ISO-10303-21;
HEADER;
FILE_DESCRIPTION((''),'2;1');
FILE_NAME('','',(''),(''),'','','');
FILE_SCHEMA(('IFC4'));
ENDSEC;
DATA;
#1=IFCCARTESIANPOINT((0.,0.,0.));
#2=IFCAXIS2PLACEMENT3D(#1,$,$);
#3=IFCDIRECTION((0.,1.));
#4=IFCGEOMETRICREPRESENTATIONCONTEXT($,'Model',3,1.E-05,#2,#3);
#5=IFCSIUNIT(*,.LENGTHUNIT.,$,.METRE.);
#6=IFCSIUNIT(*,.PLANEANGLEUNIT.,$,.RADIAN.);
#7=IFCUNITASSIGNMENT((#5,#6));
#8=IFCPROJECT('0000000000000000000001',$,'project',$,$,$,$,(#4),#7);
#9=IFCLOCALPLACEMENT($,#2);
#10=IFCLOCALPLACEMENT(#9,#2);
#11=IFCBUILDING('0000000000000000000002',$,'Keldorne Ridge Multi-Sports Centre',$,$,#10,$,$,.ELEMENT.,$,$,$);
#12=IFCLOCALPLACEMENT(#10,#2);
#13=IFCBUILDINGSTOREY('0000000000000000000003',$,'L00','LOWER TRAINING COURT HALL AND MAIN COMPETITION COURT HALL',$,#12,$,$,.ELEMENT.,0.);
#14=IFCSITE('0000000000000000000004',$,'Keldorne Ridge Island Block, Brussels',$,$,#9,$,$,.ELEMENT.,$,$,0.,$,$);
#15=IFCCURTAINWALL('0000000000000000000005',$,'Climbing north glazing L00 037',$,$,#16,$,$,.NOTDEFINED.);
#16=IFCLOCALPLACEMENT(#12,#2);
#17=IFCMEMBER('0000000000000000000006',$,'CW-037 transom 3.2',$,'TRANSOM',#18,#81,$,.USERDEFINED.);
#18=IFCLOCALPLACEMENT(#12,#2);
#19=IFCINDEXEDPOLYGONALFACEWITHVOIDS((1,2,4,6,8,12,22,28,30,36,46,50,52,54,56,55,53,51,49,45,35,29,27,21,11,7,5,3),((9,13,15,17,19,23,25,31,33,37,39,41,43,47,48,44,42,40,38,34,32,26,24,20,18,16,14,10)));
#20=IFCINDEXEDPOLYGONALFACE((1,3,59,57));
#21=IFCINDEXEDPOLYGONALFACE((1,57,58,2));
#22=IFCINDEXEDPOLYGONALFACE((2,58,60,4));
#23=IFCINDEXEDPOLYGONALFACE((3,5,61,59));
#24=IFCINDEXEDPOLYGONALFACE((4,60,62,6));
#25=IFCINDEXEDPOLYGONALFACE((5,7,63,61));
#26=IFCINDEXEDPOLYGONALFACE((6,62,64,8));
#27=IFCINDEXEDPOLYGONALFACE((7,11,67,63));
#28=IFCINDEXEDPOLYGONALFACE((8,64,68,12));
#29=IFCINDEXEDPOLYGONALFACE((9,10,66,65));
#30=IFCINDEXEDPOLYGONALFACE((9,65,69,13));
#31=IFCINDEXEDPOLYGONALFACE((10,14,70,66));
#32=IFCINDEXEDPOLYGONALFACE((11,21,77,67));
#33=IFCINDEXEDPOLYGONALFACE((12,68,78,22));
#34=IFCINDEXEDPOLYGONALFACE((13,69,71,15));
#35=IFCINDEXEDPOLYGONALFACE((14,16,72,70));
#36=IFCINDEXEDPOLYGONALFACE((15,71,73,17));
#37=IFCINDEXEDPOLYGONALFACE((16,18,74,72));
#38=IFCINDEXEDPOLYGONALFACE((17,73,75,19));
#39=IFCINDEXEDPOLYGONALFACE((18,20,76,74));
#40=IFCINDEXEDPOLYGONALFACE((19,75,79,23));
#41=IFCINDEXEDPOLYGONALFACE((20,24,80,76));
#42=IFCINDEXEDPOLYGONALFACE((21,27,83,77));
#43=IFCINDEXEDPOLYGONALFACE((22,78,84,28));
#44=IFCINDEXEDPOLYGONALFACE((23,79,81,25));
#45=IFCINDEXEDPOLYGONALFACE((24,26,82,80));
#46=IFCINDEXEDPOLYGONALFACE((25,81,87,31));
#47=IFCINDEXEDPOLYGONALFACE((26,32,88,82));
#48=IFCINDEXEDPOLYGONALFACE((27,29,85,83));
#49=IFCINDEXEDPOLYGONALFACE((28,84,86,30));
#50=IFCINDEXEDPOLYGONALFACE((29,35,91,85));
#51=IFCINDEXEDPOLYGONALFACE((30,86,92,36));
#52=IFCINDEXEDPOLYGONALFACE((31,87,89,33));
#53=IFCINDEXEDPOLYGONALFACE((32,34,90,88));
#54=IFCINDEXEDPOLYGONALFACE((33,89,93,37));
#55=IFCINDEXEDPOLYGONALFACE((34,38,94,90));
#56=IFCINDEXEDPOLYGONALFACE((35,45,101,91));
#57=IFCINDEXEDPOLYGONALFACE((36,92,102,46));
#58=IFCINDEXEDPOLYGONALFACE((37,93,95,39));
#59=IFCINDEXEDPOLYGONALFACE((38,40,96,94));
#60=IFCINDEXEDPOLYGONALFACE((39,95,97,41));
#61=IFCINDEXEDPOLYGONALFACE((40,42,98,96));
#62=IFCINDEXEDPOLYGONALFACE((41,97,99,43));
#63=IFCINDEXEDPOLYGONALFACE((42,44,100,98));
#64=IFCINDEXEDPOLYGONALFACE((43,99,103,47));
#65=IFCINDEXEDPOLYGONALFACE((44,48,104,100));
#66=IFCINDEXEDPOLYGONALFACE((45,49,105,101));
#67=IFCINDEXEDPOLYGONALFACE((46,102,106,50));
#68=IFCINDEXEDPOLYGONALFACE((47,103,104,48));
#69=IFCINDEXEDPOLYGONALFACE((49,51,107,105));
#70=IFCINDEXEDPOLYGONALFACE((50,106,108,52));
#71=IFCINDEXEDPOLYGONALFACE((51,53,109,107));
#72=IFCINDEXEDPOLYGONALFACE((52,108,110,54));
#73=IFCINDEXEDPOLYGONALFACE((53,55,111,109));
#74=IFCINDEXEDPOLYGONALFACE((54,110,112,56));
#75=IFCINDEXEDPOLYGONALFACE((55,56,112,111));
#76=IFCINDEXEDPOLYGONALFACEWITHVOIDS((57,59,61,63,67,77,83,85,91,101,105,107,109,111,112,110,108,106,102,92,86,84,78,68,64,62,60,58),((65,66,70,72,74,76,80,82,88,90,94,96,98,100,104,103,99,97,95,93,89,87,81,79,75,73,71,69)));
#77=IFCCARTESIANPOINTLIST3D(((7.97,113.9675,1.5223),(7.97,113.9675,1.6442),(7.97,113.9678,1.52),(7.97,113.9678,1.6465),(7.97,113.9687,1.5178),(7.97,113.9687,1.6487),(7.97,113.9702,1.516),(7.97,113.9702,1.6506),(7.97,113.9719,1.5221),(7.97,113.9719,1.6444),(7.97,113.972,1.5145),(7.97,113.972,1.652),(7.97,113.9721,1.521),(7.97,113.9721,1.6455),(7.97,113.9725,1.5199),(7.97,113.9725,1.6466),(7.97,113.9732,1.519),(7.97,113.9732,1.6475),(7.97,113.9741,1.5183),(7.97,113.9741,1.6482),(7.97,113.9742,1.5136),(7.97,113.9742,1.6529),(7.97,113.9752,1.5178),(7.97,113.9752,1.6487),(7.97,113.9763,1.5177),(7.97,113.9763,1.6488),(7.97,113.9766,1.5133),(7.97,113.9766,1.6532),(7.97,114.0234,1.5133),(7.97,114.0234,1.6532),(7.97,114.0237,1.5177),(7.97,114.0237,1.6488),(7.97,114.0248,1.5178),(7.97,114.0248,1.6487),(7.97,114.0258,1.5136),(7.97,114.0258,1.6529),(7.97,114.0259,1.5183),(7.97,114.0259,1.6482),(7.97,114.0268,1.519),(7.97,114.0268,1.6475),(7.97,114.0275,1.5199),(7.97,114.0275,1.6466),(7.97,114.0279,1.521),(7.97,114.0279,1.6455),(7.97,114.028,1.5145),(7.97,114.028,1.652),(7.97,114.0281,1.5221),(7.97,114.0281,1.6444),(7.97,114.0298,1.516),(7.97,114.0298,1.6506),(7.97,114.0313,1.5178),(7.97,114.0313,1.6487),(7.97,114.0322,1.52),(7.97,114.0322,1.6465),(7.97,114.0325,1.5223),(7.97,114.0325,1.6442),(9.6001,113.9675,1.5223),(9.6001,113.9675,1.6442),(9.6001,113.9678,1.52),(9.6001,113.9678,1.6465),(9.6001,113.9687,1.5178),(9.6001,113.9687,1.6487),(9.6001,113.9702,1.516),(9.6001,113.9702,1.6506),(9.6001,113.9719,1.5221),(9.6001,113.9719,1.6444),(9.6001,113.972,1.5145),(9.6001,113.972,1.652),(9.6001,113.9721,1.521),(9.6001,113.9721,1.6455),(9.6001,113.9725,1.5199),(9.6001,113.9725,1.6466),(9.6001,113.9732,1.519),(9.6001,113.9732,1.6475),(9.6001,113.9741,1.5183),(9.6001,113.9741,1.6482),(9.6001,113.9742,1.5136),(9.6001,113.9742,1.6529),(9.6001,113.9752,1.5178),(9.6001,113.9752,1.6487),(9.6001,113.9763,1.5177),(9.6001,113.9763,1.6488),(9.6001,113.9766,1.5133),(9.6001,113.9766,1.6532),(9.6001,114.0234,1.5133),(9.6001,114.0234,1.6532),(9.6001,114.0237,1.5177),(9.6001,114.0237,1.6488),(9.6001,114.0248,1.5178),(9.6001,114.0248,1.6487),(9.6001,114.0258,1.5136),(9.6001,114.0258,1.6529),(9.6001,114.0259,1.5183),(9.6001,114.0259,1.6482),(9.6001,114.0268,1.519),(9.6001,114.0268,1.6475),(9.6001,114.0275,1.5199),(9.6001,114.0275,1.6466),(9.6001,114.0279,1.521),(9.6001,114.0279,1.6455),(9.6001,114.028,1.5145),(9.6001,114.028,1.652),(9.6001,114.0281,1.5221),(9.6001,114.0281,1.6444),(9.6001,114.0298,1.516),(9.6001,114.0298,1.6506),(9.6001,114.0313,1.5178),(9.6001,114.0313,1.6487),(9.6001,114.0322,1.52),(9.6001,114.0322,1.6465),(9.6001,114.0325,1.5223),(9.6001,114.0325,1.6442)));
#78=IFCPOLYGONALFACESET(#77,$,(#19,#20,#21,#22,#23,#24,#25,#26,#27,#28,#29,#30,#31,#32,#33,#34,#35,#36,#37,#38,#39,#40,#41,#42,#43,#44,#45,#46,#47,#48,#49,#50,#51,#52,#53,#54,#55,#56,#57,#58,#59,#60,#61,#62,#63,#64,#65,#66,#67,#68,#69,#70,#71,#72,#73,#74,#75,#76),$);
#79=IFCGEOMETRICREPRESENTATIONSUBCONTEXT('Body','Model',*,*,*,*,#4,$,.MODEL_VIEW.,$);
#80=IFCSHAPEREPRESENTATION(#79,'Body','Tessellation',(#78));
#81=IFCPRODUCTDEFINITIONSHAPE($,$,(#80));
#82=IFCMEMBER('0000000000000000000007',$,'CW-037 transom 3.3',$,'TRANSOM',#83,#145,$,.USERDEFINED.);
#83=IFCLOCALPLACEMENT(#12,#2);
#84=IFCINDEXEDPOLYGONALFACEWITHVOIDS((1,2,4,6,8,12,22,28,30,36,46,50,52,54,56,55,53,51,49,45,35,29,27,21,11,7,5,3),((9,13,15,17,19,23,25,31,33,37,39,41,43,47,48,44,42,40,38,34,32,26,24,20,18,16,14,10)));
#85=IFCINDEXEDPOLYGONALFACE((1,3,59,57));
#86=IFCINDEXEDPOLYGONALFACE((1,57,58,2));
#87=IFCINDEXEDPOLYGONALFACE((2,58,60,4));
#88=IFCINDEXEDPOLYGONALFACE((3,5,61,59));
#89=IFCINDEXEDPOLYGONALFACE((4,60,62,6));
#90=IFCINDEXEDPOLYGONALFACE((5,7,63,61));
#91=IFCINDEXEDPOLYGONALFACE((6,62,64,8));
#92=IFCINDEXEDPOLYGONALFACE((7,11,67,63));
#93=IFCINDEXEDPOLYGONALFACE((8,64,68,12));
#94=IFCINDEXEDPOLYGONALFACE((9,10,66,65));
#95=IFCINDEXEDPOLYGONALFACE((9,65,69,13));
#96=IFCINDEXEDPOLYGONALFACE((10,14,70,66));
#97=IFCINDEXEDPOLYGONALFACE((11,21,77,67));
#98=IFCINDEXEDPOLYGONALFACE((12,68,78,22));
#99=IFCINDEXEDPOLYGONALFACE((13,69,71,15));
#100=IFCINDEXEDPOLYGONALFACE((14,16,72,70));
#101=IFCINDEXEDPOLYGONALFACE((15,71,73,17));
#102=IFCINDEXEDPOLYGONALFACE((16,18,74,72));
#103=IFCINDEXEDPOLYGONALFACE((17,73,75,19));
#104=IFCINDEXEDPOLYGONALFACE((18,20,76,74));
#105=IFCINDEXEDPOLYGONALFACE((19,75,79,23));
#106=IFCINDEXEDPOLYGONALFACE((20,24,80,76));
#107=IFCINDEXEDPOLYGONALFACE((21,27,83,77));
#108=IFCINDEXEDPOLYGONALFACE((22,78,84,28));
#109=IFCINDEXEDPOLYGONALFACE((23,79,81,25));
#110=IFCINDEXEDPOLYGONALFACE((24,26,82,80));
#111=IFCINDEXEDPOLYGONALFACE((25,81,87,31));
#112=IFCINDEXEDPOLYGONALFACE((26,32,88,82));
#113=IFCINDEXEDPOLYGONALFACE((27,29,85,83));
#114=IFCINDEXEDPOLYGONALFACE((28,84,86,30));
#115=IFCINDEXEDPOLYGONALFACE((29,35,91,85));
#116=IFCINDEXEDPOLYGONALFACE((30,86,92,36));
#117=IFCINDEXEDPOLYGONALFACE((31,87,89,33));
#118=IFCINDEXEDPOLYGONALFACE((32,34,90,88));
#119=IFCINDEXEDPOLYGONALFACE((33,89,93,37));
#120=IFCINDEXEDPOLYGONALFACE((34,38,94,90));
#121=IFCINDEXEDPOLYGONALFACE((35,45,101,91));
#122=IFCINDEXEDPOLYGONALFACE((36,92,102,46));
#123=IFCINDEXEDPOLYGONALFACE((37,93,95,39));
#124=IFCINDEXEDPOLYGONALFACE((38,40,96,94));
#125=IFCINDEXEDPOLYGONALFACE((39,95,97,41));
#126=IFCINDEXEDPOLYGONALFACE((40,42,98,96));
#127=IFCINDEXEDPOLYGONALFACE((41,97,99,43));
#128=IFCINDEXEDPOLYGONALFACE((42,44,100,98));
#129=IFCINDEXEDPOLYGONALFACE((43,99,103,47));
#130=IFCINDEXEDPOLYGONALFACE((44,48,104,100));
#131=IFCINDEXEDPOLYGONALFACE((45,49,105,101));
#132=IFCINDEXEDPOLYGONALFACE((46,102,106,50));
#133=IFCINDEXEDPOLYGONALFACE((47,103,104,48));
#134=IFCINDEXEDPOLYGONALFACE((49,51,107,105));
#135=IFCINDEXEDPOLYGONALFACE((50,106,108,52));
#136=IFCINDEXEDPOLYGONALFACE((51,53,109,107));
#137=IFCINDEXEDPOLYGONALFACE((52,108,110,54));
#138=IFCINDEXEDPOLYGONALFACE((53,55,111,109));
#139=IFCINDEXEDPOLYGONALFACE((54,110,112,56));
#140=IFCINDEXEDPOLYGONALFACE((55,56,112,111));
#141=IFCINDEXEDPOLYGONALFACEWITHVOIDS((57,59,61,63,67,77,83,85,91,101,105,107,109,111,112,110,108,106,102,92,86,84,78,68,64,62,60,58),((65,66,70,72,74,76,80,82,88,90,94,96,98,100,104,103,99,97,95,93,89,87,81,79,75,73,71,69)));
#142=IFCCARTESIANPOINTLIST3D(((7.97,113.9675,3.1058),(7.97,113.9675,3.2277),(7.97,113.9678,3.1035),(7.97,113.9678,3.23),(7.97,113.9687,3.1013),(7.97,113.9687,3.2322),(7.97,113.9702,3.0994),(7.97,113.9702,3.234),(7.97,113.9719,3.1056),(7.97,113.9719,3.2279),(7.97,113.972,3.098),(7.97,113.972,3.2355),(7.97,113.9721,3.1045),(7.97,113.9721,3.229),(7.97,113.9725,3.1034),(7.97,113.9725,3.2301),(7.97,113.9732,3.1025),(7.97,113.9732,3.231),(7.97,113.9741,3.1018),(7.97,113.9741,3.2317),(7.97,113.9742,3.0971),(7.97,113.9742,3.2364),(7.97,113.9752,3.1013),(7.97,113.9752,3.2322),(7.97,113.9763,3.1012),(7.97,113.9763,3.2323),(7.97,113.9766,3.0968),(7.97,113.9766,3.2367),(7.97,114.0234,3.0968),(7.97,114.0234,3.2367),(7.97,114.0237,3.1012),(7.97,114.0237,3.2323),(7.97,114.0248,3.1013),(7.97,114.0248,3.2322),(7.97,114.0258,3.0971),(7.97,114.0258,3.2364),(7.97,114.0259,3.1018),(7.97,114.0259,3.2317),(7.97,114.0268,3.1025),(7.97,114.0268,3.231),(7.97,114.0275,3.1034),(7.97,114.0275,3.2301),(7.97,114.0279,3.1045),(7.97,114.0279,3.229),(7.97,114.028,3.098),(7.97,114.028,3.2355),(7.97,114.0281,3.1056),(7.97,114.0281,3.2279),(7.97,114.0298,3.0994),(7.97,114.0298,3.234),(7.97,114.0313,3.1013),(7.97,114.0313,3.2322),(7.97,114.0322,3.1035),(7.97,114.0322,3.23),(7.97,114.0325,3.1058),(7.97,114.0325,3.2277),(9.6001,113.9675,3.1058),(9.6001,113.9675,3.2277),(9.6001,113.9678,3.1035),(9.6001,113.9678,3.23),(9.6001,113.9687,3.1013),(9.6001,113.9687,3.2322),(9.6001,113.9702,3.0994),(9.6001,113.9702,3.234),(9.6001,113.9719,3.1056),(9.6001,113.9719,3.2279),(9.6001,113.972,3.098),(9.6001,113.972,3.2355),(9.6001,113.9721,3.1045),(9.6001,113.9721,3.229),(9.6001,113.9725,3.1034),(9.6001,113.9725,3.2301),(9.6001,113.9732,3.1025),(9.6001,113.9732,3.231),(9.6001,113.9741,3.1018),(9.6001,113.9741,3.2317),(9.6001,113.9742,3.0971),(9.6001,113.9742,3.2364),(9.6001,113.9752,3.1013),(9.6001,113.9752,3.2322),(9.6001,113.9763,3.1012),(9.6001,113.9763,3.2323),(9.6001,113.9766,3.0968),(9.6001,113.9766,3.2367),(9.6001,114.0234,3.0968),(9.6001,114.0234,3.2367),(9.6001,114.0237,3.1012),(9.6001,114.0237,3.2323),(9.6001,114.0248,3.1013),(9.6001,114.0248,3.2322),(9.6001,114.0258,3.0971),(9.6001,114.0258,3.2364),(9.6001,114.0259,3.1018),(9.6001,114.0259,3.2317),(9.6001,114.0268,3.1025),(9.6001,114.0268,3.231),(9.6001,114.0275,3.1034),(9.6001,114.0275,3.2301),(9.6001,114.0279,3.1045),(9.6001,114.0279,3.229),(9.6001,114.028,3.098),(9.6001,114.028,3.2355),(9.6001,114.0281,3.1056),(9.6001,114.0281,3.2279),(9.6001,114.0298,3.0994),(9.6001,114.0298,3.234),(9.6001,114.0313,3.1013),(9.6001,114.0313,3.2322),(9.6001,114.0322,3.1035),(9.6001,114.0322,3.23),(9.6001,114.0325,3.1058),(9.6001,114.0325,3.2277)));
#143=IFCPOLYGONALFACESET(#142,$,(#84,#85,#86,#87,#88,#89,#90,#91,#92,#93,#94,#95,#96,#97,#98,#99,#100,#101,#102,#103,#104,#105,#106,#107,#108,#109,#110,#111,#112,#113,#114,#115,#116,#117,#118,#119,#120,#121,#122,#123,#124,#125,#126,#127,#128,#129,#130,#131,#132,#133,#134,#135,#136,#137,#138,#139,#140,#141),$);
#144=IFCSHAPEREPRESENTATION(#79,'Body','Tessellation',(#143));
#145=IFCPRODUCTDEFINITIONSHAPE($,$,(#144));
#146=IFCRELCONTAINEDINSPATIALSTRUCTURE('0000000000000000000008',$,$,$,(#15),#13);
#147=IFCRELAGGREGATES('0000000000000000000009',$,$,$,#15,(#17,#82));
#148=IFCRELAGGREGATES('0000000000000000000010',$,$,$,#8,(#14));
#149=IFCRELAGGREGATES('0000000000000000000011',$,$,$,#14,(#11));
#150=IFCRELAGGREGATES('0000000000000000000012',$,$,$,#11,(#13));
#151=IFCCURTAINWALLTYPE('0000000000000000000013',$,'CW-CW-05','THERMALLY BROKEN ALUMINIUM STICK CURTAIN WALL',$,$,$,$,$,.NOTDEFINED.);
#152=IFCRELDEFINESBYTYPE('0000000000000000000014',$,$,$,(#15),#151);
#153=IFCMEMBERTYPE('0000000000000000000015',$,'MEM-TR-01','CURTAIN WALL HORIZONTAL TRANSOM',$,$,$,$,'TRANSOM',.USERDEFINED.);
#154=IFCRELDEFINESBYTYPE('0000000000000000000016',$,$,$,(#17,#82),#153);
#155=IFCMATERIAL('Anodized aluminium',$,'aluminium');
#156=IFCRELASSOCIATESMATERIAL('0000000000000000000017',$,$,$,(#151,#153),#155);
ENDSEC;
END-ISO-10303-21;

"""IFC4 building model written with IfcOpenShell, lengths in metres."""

from ifc_helpers import new_model, si_unit, direction, frame, origin, origin_2d, place, context, subcontext, project, spatial, hollow_rectangle, extrude, material, material_profile, profile_set, type_object, element, aggregate, save


model = new_model("IFC4")

# Units and contexts
model_context = context("Model", 3, precision=1e-05, world=origin(), true_north=direction((0.0, 1.0)))
body_context = subcontext(model_context, "Body", "Model", "MODEL_VIEW")
ifc_project = project(units=[si_unit("LENGTHUNIT", "METRE"), si_unit("PLANEANGLEUNIT", "RADIAN")], contexts=[model_context])

# Site, building, storey
site_placement = place(None, origin())
site = spatial("IfcSite", under=ifc_project, at=site_placement, Name="Keldorne Ridge Island Block, Brussels", CompositionType="ELEMENT", RefElevation=0.0)
building_placement = place(site_placement, origin())
building = spatial("IfcBuilding", under=site, at=building_placement, Name="Keldorne Ridge Multi-Sports Centre", CompositionType="ELEMENT")
storey_placement = place(building_placement, origin())
storey = spatial("IfcBuildingStorey", under=building, at=storey_placement, Name="L00", Description="LOWER TRAINING COURT HALL AND MAIN COMPETITION COURT HALL", CompositionType="ELEMENT", Elevation=0.0)

# Curtain wall, members
ifc_material_1 = material(Name="Anodized aluminium", Category="aluminium")
curtain_wall_type = type_object("IfcCurtainWallType", Name="CW-CW-05", Description="THERMALLY BROKEN ALUMINIUM STICK CURTAIN WALL", PredefinedType="NOTDEFINED", material=ifc_material_1)
curtain_wall_placement = place(storey_placement, origin())
curtain_wall = element("IfcCurtainWall", 1, at=curtain_wall_placement, inside=storey, type_object=curtain_wall_type, Name="Climbing north glazing L00 037", PredefinedType="NOTDEFINED")
ifc_material_profile_1 = material_profile(ifc_material_1, hollow_rectangle(XDim=0.0649, YDim=0.1399, WallThickness=0.0044, InnerFilletRadius=0.0044, OuterFilletRadius=0.009, at=origin_2d()), Name="ALU TRANSOM 140x65x4.5")
ifc_profile_set_1 = profile_set([ifc_material_profile_1], Name="Anodized aluminium")
member_type_1 = type_object("IfcMemberType", Name="MEM-TR-01", Description="CURTAIN WALL HORIZONTAL TRANSOM", ElementType="TRANSOM", PredefinedType="USERDEFINED", material=ifc_profile_set_1)
member_1_placement = place(storey_placement, frame((9.6001, 114.0, 1.5833), z_axis=(-1.0, 0.0, 0.0), x_axis=(0.0, -1.0, 0.0)))
member_1 = element("IfcMember", 2, at=member_1_placement, type_object=member_type_1, Name="CW-037 transom 3.2", ObjectType="TRANSOM", PredefinedType="USERDEFINED", context=body_context, shape_type="SweptSolid", body=[
    extrude(hollow_rectangle(XDim=0.0649, YDim=0.1399, WallThickness=0.0044, InnerFilletRadius=0.0044, OuterFilletRadius=0.009, at=origin_2d()), origin(), (0.0, 0.0, 1.0), 1.6301),
])
member_2_placement = place(storey_placement, frame((9.6001, 114.0, 3.1667), z_axis=(-1.0, 0.0, 0.0), x_axis=(0.0, -1.0, 0.0)))
member_2 = element("IfcMember", 3, at=member_2_placement, type_object=member_type_1, Name="CW-037 transom 3.3", ObjectType="TRANSOM", PredefinedType="USERDEFINED", context=body_context, shape_type="SweptSolid", body=[
    extrude(hollow_rectangle(XDim=0.0649, YDim=0.1399, WallThickness=0.0044, InnerFilletRadius=0.0044, OuterFilletRadius=0.009, at=origin_2d()), origin(), (0.0, 0.0, 1.0), 1.6301),
])
aggregate(curtain_wall, [member_1, member_2])

save(model, "model.ifc")
